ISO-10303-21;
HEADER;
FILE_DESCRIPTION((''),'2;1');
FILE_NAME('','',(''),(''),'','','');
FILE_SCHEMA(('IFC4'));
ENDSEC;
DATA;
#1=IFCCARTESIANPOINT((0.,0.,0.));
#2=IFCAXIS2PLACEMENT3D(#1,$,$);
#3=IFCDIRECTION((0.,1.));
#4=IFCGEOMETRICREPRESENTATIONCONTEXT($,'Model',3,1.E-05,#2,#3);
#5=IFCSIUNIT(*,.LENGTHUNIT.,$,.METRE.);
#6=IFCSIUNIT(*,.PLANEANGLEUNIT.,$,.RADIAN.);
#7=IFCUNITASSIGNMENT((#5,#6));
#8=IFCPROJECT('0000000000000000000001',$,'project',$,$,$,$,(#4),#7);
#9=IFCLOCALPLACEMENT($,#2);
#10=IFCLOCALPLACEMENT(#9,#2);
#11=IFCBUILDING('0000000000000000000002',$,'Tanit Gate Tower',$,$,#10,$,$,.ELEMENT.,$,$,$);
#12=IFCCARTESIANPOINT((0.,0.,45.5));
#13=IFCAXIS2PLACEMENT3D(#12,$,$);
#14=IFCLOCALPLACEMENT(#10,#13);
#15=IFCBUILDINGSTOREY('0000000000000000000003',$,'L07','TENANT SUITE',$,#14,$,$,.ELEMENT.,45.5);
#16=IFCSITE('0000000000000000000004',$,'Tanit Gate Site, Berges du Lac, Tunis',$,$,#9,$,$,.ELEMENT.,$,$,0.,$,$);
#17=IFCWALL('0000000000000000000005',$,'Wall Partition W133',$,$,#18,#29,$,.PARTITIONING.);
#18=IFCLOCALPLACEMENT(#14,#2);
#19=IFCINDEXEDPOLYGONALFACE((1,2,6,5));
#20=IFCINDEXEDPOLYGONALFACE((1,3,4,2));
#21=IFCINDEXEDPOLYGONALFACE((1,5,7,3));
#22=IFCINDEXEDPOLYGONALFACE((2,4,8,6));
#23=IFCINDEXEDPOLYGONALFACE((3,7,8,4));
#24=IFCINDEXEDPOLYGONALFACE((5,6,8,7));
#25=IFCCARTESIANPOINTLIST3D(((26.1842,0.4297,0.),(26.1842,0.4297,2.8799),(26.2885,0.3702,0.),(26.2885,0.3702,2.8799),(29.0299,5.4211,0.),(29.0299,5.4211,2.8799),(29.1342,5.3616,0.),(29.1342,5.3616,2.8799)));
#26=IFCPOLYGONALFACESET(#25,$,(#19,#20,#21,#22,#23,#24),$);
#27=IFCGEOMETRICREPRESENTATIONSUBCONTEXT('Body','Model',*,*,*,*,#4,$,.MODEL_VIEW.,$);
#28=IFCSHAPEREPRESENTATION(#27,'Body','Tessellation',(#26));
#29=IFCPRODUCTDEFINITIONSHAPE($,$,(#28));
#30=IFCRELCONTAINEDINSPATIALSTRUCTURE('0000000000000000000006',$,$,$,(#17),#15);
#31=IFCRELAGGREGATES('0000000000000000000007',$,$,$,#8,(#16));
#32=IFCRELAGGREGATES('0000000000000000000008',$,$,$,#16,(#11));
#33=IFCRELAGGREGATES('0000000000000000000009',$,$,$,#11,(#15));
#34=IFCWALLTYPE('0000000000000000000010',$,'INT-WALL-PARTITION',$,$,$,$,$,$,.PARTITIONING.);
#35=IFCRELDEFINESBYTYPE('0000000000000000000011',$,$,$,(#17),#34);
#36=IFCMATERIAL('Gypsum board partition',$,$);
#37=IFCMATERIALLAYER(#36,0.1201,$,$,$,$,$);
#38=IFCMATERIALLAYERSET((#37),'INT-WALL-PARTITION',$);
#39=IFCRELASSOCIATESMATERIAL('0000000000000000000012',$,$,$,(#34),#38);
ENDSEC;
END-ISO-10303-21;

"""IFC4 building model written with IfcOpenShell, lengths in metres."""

from ifc_helpers import new_model, si_unit, direction, frame, frame_2d, origin, place, context, subcontext, project, spatial, rectangle, extrude, material, layer, layer_set, type_object, element, save


model = new_model("IFC4")

# Units and contexts
model_context = context("Model", 3, precision=1e-05, world=origin(), true_north=direction((0.0, 1.0)))
body_context = subcontext(model_context, "Body", "Model", "MODEL_VIEW")
ifc_project = project(units=[si_unit("LENGTHUNIT", "METRE"), si_unit("PLANEANGLEUNIT", "RADIAN")], contexts=[model_context])

# Site, building, storey
site_placement = place(None, origin())
site = spatial("IfcSite", under=ifc_project, at=site_placement, Name="Tanit Gate Site, Berges du Lac, Tunis", CompositionType="ELEMENT", RefElevation=0.0)
building_placement = place(site_placement, origin())
building = spatial("IfcBuilding", under=site, at=building_placement, Name="Tanit Gate Tower", CompositionType="ELEMENT")
storey_placement = place(building_placement, frame((0.0, 0.0, 45.5)))
storey = spatial("IfcBuildingStorey", under=building, at=storey_placement, Name="L07", Description="TENANT SUITE", CompositionType="ELEMENT", Elevation=45.5)

# Wall
ifc_material_1 = material(Name="Gypsum board partition")
ifc_layer_1 = layer(ifc_material_1, 0.1201)
ifc_layer_set_1 = layer_set([ifc_layer_1], Name="INT-WALL-PARTITION")
wall_type_1 = type_object("IfcWallType", Name="INT-WALL-PARTITION", PredefinedType="PARTITIONING", material=ifc_layer_set_1)
wall_1_placement = place(storey_placement, frame((29.082, 5.3914, 0.0), z_axis=(0.0, 0.0, 1.0), x_axis=(-0.495278, -0.868734, 0.0)))
element("IfcWall", 1, at=wall_1_placement, inside=storey, type_object=wall_type_1, Name="Wall Partition W133", PredefinedType="PARTITIONING", context=body_context, shape_type="SweptSolid", body=[
    extrude(rectangle(XDim=5.7456, YDim=0.1201, at=frame_2d((2.8728, 0.0))), origin(), (0.0, 0.0, 1.0), 2.8799),
])

save(model, "model.ifc")
